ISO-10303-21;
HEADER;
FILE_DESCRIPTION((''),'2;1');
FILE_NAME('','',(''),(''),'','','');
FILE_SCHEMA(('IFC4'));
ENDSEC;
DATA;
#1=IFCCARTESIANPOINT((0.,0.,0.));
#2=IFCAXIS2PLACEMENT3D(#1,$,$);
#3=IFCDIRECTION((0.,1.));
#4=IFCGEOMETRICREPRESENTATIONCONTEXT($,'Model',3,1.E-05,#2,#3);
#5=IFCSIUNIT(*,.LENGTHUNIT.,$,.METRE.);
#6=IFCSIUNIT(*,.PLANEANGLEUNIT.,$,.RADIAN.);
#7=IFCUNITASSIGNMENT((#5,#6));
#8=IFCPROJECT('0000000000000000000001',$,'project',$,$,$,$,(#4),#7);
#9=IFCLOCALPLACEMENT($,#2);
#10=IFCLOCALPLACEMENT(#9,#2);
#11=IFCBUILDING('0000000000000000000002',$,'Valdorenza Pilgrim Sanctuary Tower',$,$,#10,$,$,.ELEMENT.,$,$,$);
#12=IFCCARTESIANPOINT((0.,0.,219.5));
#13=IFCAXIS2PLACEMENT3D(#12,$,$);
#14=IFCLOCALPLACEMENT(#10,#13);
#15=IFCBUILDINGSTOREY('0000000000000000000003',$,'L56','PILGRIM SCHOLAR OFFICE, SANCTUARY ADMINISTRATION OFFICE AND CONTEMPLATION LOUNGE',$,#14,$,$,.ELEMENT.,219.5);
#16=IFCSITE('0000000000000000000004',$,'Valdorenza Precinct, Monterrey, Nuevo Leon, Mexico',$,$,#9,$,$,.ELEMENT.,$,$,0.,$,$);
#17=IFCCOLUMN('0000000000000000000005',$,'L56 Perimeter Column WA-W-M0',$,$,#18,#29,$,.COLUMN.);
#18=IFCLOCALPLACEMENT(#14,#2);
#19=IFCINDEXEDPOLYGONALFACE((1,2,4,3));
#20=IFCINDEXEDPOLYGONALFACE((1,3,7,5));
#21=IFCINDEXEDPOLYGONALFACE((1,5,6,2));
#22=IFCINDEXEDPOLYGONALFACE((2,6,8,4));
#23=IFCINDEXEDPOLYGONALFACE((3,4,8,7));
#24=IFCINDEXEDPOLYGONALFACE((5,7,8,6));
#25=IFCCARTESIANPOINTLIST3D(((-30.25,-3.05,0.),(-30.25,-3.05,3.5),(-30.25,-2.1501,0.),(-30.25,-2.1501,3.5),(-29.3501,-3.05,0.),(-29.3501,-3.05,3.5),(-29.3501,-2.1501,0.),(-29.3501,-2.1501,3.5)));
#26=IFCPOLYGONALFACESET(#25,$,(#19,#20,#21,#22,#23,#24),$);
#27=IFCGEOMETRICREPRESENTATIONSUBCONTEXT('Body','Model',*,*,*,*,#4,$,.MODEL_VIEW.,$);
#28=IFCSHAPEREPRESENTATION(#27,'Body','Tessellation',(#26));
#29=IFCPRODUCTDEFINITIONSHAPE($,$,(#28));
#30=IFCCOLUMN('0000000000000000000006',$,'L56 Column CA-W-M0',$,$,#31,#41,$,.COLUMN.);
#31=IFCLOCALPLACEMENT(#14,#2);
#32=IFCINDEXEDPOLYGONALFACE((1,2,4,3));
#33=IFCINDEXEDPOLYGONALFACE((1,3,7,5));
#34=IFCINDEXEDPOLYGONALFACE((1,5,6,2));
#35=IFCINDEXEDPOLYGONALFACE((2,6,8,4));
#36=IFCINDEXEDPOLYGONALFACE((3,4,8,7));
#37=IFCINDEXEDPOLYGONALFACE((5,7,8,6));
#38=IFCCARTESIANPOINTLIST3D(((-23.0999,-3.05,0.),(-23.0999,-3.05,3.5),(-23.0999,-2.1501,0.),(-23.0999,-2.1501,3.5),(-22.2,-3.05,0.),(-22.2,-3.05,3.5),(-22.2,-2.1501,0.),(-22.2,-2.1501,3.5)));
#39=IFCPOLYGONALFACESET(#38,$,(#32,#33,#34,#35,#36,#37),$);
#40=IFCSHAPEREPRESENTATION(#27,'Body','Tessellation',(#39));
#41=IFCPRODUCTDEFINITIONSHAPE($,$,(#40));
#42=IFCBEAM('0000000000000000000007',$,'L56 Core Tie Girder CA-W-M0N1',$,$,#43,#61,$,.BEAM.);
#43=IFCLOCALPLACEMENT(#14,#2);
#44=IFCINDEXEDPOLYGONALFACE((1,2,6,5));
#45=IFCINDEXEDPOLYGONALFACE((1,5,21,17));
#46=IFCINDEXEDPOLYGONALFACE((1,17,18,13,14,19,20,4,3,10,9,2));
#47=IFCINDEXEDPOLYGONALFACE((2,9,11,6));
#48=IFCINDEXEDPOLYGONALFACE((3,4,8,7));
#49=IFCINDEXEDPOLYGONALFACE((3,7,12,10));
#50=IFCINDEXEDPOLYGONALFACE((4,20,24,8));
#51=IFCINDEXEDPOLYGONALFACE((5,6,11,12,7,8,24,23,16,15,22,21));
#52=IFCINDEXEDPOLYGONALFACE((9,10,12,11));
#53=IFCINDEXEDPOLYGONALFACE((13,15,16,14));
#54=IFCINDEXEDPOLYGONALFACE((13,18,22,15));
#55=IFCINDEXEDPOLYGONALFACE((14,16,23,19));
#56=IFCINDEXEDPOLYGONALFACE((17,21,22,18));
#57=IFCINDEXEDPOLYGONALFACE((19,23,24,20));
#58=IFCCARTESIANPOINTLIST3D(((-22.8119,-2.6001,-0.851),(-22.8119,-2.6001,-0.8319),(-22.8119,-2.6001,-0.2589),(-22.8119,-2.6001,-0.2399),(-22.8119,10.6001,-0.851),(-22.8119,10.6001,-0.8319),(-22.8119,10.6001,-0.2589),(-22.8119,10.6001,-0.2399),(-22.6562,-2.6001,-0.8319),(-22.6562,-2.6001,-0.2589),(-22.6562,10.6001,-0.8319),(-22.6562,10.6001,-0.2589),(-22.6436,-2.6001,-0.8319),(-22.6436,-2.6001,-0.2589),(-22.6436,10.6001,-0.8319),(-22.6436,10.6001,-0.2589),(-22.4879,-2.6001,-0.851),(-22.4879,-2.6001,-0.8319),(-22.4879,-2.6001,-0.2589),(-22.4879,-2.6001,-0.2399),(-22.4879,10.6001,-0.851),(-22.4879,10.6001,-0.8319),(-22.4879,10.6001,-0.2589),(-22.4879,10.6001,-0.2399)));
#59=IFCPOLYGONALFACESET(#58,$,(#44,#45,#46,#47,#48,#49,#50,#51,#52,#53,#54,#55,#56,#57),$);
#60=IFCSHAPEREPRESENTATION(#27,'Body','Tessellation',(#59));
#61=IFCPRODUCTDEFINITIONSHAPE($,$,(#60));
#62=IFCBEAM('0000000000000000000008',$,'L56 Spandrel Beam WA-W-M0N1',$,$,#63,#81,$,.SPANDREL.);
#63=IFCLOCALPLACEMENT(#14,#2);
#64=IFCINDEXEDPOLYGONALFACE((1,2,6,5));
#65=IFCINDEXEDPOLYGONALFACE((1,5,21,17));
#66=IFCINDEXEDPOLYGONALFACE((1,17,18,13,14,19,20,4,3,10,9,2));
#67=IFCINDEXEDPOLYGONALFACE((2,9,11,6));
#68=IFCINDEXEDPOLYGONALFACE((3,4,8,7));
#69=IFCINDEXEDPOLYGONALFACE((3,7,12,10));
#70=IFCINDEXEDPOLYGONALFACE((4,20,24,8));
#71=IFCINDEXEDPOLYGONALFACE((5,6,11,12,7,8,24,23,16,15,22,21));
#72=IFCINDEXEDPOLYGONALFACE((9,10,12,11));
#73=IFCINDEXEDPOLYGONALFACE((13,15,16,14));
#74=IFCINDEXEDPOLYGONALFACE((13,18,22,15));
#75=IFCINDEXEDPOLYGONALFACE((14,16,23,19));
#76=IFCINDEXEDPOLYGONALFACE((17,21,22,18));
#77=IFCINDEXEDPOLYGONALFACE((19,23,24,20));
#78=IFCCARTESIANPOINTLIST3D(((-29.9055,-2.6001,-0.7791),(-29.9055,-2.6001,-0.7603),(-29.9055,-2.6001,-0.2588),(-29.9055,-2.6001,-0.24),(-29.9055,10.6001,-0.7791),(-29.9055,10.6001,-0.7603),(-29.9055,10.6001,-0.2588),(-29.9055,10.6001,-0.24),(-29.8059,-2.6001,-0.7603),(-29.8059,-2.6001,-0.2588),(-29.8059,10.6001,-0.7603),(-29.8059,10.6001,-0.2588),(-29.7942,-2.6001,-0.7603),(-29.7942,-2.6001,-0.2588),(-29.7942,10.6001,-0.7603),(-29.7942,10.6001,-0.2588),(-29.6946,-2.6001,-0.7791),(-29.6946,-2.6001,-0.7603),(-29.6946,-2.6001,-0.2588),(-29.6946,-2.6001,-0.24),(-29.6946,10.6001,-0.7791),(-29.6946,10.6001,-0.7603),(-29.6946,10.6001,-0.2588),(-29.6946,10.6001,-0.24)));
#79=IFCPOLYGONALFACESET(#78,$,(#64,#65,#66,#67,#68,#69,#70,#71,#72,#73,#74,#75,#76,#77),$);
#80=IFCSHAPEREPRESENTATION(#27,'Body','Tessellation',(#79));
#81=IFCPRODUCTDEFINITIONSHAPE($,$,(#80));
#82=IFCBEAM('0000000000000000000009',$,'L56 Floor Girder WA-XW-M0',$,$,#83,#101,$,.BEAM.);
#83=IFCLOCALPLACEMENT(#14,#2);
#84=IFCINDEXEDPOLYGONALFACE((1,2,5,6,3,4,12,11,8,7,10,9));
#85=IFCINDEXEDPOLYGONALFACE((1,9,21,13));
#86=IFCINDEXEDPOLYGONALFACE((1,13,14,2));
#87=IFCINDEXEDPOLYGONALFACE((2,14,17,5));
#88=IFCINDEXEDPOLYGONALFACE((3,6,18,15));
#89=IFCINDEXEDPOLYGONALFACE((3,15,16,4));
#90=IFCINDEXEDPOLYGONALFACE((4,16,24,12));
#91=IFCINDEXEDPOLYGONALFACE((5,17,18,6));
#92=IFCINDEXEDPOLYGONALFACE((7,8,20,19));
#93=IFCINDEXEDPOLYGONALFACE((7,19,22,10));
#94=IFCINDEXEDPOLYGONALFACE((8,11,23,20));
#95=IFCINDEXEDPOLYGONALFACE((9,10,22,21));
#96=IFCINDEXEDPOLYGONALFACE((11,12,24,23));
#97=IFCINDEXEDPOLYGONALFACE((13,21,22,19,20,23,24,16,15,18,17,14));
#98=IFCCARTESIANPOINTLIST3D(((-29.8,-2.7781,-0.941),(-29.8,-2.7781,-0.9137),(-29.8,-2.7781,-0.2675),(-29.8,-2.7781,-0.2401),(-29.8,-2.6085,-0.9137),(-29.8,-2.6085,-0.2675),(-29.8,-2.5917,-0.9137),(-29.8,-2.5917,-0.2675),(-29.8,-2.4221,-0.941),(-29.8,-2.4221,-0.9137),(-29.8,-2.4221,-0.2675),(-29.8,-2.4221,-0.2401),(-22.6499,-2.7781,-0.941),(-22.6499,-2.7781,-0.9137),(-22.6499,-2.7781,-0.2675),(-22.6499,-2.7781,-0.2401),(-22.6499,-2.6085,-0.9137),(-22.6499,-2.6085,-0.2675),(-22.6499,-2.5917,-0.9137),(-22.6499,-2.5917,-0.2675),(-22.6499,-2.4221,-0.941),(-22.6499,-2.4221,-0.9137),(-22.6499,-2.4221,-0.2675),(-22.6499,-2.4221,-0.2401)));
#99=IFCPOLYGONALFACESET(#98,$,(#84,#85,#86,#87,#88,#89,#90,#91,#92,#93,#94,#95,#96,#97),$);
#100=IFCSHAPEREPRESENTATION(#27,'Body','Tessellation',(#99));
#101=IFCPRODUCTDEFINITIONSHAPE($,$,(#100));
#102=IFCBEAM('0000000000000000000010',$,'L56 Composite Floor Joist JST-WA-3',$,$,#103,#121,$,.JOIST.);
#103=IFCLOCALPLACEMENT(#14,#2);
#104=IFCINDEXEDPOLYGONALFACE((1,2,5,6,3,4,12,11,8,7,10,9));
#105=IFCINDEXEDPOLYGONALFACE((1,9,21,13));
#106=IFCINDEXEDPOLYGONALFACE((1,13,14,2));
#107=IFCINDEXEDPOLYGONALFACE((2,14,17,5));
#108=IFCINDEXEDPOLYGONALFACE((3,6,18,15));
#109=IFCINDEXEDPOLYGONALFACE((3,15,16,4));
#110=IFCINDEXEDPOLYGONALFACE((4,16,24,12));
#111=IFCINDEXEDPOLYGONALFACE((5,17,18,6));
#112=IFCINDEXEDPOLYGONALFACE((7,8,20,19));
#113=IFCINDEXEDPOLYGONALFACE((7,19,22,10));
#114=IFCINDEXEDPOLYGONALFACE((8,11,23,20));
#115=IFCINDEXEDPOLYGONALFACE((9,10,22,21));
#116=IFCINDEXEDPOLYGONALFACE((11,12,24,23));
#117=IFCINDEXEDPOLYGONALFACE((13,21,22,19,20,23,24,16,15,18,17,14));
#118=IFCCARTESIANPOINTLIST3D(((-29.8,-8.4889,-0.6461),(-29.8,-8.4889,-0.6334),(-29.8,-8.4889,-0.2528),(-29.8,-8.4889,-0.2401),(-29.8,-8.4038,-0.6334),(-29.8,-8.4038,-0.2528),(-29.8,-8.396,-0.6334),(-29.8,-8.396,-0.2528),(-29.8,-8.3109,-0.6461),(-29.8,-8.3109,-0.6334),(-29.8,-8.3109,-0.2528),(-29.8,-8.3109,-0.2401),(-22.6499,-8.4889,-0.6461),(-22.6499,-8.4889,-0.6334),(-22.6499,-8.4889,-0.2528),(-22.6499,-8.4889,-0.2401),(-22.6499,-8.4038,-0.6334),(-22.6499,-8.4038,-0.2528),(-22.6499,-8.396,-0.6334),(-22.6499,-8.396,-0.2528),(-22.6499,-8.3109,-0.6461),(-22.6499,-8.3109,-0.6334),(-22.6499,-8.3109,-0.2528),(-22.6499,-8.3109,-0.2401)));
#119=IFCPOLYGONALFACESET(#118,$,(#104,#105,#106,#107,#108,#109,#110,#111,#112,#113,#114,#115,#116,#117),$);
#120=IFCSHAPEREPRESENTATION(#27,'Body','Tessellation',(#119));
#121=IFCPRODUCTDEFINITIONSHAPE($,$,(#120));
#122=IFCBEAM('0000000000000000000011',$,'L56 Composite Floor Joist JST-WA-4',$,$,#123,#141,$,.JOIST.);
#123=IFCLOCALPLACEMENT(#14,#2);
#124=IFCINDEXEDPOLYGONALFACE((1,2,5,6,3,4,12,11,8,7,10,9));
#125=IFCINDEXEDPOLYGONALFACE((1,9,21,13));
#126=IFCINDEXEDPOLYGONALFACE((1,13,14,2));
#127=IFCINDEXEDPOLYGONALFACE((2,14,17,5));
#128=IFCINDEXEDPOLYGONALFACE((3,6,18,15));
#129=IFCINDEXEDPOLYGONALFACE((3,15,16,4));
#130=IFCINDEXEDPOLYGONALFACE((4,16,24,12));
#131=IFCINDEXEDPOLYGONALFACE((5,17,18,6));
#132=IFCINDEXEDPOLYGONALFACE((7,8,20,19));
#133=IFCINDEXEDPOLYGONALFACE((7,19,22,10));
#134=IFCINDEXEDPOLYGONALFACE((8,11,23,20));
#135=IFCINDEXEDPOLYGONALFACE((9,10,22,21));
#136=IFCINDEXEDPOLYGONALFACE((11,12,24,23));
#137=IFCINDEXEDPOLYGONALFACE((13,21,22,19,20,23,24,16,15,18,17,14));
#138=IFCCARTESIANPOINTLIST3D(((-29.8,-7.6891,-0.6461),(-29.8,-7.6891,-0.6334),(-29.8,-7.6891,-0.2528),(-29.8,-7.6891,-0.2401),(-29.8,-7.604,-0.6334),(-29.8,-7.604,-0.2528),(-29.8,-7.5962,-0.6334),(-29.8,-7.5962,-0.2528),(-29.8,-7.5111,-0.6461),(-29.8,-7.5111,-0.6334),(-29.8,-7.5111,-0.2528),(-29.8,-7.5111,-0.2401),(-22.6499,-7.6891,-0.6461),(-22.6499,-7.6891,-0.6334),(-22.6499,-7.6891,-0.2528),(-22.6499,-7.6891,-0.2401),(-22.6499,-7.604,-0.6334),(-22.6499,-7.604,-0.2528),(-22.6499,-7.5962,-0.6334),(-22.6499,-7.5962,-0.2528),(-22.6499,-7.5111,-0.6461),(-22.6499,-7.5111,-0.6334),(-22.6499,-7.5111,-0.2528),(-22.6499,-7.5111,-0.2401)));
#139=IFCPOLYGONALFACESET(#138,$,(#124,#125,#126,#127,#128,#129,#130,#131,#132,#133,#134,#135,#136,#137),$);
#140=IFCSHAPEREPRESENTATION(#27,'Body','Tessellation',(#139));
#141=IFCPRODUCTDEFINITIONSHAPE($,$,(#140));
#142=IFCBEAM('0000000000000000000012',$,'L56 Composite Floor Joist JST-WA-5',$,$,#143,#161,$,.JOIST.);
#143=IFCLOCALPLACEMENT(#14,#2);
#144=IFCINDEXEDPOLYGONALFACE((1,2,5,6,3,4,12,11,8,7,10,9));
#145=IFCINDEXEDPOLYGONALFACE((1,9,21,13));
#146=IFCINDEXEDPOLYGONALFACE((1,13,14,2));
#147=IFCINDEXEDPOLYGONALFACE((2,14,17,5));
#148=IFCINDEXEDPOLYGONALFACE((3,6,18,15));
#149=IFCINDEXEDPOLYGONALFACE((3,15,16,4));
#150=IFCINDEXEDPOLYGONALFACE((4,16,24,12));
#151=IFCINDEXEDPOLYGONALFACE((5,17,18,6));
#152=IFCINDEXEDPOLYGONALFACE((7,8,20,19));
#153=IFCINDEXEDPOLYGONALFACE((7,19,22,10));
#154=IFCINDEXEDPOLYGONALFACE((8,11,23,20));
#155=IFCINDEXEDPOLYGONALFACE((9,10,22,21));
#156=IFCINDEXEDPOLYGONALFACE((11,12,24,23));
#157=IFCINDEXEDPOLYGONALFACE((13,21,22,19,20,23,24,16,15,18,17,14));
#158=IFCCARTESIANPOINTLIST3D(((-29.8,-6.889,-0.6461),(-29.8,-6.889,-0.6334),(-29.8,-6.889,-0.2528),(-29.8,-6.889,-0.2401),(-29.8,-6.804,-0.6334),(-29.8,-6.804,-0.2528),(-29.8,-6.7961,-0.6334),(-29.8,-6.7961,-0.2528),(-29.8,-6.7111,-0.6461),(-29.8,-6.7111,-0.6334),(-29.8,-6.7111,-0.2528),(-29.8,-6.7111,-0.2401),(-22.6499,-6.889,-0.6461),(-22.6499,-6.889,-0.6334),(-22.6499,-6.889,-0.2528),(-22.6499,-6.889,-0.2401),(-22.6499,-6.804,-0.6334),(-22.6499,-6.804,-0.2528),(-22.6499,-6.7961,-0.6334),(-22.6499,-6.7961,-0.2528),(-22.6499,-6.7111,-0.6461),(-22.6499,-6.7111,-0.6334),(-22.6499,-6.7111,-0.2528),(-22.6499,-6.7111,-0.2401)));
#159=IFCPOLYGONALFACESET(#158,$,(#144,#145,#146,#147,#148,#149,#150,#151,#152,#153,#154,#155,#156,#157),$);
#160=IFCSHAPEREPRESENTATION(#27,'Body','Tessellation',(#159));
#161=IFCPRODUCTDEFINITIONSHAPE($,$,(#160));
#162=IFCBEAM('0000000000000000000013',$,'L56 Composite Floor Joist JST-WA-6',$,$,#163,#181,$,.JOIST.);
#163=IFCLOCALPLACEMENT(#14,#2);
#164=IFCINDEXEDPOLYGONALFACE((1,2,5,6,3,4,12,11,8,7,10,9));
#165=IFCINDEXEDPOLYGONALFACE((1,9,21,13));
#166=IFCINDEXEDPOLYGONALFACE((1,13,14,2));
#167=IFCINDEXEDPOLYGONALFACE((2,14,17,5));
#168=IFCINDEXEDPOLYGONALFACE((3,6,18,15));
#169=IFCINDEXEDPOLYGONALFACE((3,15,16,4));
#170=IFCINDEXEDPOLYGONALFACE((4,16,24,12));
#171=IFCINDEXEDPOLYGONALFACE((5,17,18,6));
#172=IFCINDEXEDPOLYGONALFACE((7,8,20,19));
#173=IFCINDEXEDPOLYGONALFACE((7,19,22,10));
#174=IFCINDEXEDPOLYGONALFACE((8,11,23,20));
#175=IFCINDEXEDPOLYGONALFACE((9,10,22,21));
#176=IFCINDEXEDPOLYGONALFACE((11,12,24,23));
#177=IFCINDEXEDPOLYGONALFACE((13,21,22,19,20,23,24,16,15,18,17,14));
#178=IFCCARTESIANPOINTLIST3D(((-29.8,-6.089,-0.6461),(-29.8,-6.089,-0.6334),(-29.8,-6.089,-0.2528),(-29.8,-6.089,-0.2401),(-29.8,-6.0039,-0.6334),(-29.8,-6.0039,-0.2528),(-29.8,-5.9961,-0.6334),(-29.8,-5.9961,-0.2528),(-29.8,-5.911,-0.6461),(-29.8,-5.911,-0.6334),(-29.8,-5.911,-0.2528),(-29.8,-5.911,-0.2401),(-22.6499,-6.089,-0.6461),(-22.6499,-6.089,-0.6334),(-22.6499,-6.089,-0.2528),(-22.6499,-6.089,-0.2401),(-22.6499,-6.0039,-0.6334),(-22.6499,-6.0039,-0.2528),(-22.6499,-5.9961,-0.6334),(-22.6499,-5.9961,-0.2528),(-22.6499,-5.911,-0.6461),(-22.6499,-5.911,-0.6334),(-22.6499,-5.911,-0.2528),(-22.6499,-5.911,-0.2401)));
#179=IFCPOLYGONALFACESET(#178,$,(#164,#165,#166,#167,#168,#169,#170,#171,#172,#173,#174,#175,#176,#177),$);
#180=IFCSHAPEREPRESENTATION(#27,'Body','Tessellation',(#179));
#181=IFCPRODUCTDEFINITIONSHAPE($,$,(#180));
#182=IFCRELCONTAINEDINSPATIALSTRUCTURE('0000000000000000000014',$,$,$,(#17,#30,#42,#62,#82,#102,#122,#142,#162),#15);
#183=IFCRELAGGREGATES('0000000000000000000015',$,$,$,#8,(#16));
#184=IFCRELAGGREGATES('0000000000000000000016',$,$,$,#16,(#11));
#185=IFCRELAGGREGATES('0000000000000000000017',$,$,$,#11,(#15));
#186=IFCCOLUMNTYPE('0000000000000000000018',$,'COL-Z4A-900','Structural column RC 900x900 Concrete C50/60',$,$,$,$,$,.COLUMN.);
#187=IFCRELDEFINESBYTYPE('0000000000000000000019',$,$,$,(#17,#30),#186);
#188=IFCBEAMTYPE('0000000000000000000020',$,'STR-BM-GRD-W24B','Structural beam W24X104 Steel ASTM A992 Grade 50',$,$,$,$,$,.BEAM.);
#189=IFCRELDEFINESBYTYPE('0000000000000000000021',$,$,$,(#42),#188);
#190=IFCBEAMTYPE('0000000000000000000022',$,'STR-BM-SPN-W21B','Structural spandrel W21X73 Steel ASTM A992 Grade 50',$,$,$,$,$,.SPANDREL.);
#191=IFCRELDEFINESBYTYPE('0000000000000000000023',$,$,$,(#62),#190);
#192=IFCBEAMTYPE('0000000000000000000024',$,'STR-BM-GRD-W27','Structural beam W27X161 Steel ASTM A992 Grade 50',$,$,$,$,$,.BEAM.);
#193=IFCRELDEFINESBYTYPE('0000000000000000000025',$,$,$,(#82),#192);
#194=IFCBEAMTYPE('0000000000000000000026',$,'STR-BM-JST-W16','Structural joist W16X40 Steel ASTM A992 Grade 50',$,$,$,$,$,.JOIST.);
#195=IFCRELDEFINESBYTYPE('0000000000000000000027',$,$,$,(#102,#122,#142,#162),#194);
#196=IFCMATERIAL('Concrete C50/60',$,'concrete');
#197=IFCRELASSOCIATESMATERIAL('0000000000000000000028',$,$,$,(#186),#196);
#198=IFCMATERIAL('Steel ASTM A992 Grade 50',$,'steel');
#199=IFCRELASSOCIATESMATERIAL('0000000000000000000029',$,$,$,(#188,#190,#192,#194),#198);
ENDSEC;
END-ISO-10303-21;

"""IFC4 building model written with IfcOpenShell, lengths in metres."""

from ifc_helpers import new_model, si_unit, direction, frame, origin, origin_2d, place, context, subcontext, project, spatial, rectangle, i_section, extrude, source, transform, mapped, material, material_profile, profile_set, type_object, element, save


model = new_model("IFC4")

# Units and contexts
model_context = context("Model", 3, precision=1e-05, world=origin(), true_north=direction((0.0, 1.0)))
body_context = subcontext(model_context, "Body", "Model", "MODEL_VIEW")
ifc_project = project(units=[si_unit("LENGTHUNIT", "METRE"), si_unit("PLANEANGLEUNIT", "RADIAN")], contexts=[model_context])

# Site, building, storey
site_placement = place(None, origin())
site = spatial("IfcSite", under=ifc_project, at=site_placement, Name="Valdorenza Precinct, Monterrey, Nuevo Leon, Mexico", CompositionType="ELEMENT", RefElevation=0.0)
building_placement = place(site_placement, origin())
building = spatial("IfcBuilding", under=site, at=building_placement, Name="Valdorenza Pilgrim Sanctuary Tower", CompositionType="ELEMENT")
storey_placement = place(building_placement, frame((0.0, 0.0, 219.5)))
storey = spatial("IfcBuildingStorey", under=building, at=storey_placement, Name="L56", Description="PILGRIM SCHOLAR OFFICE, SANCTUARY ADMINISTRATION OFFICE AND CONTEMPLATION LOUNGE", CompositionType="ELEMENT", Elevation=219.5)

# Columns
ifc_material_1 = material(Name="Concrete C50/60", Category="concrete")
ifc_material_profile_1 = material_profile(ifc_material_1, rectangle(XDim=0.8999, YDim=0.8999, at=origin_2d()), Name="RC 900x900")
ifc_profile_set_1 = profile_set([ifc_material_profile_1], Name="Concrete C50/60")
column_type = type_object("IfcColumnType", Name="COL-Z4A-900", Description="Structural column RC 900x900 Concrete C50/60", PredefinedType="COLUMN", material=ifc_profile_set_1)
shared_shape_1 = source(origin(), body_context, "Body", "SweptSolid", [
    extrude(rectangle(XDim=0.8999, YDim=0.8999, at=origin_2d()), origin(), (0.0, 0.0, 1.0), 3.5),
])
for number, where, z_axis, x_axis, name in (
    (1, (-29.8, -2.6001, 0.0), (0.0, 0.0, 1.0), (1.0, 0.0, 0.0), "L56 Perimeter Column WA-W-M0"),
    (2, (-22.6499, -2.6001, 0.0), (0.0, 0.0, 1.0), (1.0, 0.0, 0.0), "L56 Column CA-W-M0"),
):
    element("IfcColumn", number, at=place(storey_placement, frame(where, z_axis=z_axis, x_axis=x_axis)), inside=storey, type_object=column_type, Name=name, PredefinedType="COLUMN", context=body_context, shape_type="MappedRepresentation", body=[
        mapped(shared_shape_1, transform((0.0, 0.0, 0.0), x_axis=(1.0, 0.0, 0.0), y_axis=(0.0, 1.0, 0.0), z_axis=(0.0, 0.0, 1.0), scale=1.0)),
    ])

# Beams
ifc_material_2 = material(Name="Steel ASTM A992 Grade 50", Category="steel")
ifc_material_profile_2 = material_profile(ifc_material_2, i_section(OverallWidth=0.324, OverallDepth=0.6111, WebThickness=0.0127, FlangeThickness=0.019, at=origin_2d()), Name="W24X104")
ifc_profile_set_2 = profile_set([ifc_material_profile_2], Name="Steel ASTM A992 Grade 50")
beam_type_1 = type_object("IfcBeamType", Name="STR-BM-GRD-W24B", Description="Structural beam W24X104 Steel ASTM A992 Grade 50", PredefinedType="BEAM", material=ifc_profile_set_2)
shared_shape_2 = source(origin(), body_context, "Body", "SweptSolid", [
    extrude(i_section(OverallWidth=0.324, OverallDepth=0.6111, WebThickness=0.0127, FlangeThickness=0.019, at=origin_2d()), origin(), (0.0, 0.0, 1.0), 13.2002),
])
beam_1_placement = place(storey_placement, frame((-22.6499, -2.6001, -0.5454), z_axis=(0.0, 1.0, 0.0), x_axis=(-1.0, 0.0, 0.0)))
element("IfcBeam", 3, at=beam_1_placement, inside=storey, type_object=beam_type_1, Name="L56 Core Tie Girder CA-W-M0N1", PredefinedType="BEAM", context=body_context, shape_type="MappedRepresentation", body=[
    mapped(shared_shape_2, transform((0.0, 0.0, 0.0), x_axis=(1.0, 0.0, 0.0), y_axis=(0.0, 1.0, 0.0), z_axis=(0.0, 0.0, 1.0), scale=1.0)),
])
ifc_material_profile_3 = material_profile(ifc_material_2, i_section(OverallWidth=0.2109, OverallDepth=0.5391, WebThickness=0.0117, FlangeThickness=0.0188, at=origin_2d()), Name="W21X73")
ifc_profile_set_3 = profile_set([ifc_material_profile_3], Name="Steel ASTM A992 Grade 50")
beam_type_2 = type_object("IfcBeamType", Name="STR-BM-SPN-W21B", Description="Structural spandrel W21X73 Steel ASTM A992 Grade 50", PredefinedType="SPANDREL", material=ifc_profile_set_3)
shared_shape_3 = source(origin(), body_context, "Body", "SweptSolid", [
    extrude(i_section(OverallWidth=0.2109, OverallDepth=0.5391, WebThickness=0.0117, FlangeThickness=0.0188, at=origin_2d()), origin(), (0.0, 0.0, 1.0), 13.2002),
])
beam_2_placement = place(storey_placement, frame((-29.8, -2.6001, -0.5095), z_axis=(0.0, 1.0, 0.0), x_axis=(-1.0, 0.0, 0.0)))
element("IfcBeam", 4, at=beam_2_placement, inside=storey, type_object=beam_type_2, Name="L56 Spandrel Beam WA-W-M0N1", PredefinedType="SPANDREL", context=body_context, shape_type="MappedRepresentation", body=[
    mapped(shared_shape_3, transform((0.0, 0.0, 0.0), x_axis=(1.0, 0.0, 0.0), y_axis=(0.0, 1.0, 0.0), z_axis=(0.0, 0.0, 1.0), scale=1.0)),
])
ifc_material_profile_4 = material_profile(ifc_material_2, i_section(OverallWidth=0.356, OverallDepth=0.7009, WebThickness=0.0168, FlangeThickness=0.0273, at=origin_2d()), Name="W27X161")
ifc_profile_set_4 = profile_set([ifc_material_profile_4], Name="Steel ASTM A992 Grade 50")
beam_type_3 = type_object("IfcBeamType", Name="STR-BM-GRD-W27", Description="Structural beam W27X161 Steel ASTM A992 Grade 50", PredefinedType="BEAM", material=ifc_profile_set_4)
shared_shape_4 = source(origin(), body_context, "Body", "SweptSolid", [
    extrude(i_section(OverallWidth=0.356, OverallDepth=0.7009, WebThickness=0.0168, FlangeThickness=0.0273, at=origin_2d()), origin(), (0.0, 0.0, 1.0), 7.1501),
])
beam_3_placement = place(storey_placement, frame((-29.8, -2.6001, -0.5906), z_axis=(1.0, 0.0, 0.0), x_axis=(0.0, 1.0, 0.0)))
element("IfcBeam", 5, at=beam_3_placement, inside=storey, type_object=beam_type_3, Name="L56 Floor Girder WA-XW-M0", PredefinedType="BEAM", context=body_context, shape_type="MappedRepresentation", body=[
    mapped(shared_shape_4, transform((0.0, 0.0, 0.0), x_axis=(1.0, 0.0, 0.0), y_axis=(0.0, 1.0, 0.0), z_axis=(0.0, 0.0, 1.0), scale=1.0)),
])
ifc_material_profile_5 = material_profile(ifc_material_2, i_section(OverallWidth=0.178, OverallDepth=0.406, WebThickness=0.0078, FlangeThickness=0.0127, at=origin_2d()), Name="W16X40")
ifc_profile_set_5 = profile_set([ifc_material_profile_5], Name="Steel ASTM A992 Grade 50")
beam_type_4 = type_object("IfcBeamType", Name="STR-BM-JST-W16", Description="Structural joist W16X40 Steel ASTM A992 Grade 50", PredefinedType="JOIST", material=ifc_profile_set_5)
shared_shape_5 = source(origin(), body_context, "Body", "SweptSolid", [
    extrude(i_section(OverallWidth=0.178, OverallDepth=0.406, WebThickness=0.0078, FlangeThickness=0.0127, at=origin_2d()), origin(), (0.0, 0.0, 1.0), 7.1501),
])
for number, where, z_axis, x_axis, name in (
    (6, (-29.8, -8.3999, -0.4431), (1.0, 0.0, 0.0), (0.0, 1.0, 0.0), "L56 Composite Floor Joist JST-WA-3"),
    (7, (-29.8, -7.6001, -0.4431), (1.0, 0.0, 0.0), (0.0, 1.0, 0.0), "L56 Composite Floor Joist JST-WA-4"),
    (8, (-29.8, -6.8, -0.4431), (1.0, 0.0, 0.0), (0.0, 1.0, 0.0), "L56 Composite Floor Joist JST-WA-5"),
    (9, (-29.8, -6.0, -0.4431), (1.0, 0.0, 0.0), (0.0, 1.0, 0.0), "L56 Composite Floor Joist JST-WA-6"),
):
    element("IfcBeam", number, at=place(storey_placement, frame(where, z_axis=z_axis, x_axis=x_axis)), inside=storey, type_object=beam_type_4, Name=name, PredefinedType="JOIST", context=body_context, shape_type="MappedRepresentation", body=[
        mapped(shared_shape_5, transform((0.0, 0.0, 0.0), x_axis=(1.0, 0.0, 0.0), y_axis=(0.0, 1.0, 0.0), z_axis=(0.0, 0.0, 1.0), scale=1.0)),
    ])

save(model, "model.ifc")
